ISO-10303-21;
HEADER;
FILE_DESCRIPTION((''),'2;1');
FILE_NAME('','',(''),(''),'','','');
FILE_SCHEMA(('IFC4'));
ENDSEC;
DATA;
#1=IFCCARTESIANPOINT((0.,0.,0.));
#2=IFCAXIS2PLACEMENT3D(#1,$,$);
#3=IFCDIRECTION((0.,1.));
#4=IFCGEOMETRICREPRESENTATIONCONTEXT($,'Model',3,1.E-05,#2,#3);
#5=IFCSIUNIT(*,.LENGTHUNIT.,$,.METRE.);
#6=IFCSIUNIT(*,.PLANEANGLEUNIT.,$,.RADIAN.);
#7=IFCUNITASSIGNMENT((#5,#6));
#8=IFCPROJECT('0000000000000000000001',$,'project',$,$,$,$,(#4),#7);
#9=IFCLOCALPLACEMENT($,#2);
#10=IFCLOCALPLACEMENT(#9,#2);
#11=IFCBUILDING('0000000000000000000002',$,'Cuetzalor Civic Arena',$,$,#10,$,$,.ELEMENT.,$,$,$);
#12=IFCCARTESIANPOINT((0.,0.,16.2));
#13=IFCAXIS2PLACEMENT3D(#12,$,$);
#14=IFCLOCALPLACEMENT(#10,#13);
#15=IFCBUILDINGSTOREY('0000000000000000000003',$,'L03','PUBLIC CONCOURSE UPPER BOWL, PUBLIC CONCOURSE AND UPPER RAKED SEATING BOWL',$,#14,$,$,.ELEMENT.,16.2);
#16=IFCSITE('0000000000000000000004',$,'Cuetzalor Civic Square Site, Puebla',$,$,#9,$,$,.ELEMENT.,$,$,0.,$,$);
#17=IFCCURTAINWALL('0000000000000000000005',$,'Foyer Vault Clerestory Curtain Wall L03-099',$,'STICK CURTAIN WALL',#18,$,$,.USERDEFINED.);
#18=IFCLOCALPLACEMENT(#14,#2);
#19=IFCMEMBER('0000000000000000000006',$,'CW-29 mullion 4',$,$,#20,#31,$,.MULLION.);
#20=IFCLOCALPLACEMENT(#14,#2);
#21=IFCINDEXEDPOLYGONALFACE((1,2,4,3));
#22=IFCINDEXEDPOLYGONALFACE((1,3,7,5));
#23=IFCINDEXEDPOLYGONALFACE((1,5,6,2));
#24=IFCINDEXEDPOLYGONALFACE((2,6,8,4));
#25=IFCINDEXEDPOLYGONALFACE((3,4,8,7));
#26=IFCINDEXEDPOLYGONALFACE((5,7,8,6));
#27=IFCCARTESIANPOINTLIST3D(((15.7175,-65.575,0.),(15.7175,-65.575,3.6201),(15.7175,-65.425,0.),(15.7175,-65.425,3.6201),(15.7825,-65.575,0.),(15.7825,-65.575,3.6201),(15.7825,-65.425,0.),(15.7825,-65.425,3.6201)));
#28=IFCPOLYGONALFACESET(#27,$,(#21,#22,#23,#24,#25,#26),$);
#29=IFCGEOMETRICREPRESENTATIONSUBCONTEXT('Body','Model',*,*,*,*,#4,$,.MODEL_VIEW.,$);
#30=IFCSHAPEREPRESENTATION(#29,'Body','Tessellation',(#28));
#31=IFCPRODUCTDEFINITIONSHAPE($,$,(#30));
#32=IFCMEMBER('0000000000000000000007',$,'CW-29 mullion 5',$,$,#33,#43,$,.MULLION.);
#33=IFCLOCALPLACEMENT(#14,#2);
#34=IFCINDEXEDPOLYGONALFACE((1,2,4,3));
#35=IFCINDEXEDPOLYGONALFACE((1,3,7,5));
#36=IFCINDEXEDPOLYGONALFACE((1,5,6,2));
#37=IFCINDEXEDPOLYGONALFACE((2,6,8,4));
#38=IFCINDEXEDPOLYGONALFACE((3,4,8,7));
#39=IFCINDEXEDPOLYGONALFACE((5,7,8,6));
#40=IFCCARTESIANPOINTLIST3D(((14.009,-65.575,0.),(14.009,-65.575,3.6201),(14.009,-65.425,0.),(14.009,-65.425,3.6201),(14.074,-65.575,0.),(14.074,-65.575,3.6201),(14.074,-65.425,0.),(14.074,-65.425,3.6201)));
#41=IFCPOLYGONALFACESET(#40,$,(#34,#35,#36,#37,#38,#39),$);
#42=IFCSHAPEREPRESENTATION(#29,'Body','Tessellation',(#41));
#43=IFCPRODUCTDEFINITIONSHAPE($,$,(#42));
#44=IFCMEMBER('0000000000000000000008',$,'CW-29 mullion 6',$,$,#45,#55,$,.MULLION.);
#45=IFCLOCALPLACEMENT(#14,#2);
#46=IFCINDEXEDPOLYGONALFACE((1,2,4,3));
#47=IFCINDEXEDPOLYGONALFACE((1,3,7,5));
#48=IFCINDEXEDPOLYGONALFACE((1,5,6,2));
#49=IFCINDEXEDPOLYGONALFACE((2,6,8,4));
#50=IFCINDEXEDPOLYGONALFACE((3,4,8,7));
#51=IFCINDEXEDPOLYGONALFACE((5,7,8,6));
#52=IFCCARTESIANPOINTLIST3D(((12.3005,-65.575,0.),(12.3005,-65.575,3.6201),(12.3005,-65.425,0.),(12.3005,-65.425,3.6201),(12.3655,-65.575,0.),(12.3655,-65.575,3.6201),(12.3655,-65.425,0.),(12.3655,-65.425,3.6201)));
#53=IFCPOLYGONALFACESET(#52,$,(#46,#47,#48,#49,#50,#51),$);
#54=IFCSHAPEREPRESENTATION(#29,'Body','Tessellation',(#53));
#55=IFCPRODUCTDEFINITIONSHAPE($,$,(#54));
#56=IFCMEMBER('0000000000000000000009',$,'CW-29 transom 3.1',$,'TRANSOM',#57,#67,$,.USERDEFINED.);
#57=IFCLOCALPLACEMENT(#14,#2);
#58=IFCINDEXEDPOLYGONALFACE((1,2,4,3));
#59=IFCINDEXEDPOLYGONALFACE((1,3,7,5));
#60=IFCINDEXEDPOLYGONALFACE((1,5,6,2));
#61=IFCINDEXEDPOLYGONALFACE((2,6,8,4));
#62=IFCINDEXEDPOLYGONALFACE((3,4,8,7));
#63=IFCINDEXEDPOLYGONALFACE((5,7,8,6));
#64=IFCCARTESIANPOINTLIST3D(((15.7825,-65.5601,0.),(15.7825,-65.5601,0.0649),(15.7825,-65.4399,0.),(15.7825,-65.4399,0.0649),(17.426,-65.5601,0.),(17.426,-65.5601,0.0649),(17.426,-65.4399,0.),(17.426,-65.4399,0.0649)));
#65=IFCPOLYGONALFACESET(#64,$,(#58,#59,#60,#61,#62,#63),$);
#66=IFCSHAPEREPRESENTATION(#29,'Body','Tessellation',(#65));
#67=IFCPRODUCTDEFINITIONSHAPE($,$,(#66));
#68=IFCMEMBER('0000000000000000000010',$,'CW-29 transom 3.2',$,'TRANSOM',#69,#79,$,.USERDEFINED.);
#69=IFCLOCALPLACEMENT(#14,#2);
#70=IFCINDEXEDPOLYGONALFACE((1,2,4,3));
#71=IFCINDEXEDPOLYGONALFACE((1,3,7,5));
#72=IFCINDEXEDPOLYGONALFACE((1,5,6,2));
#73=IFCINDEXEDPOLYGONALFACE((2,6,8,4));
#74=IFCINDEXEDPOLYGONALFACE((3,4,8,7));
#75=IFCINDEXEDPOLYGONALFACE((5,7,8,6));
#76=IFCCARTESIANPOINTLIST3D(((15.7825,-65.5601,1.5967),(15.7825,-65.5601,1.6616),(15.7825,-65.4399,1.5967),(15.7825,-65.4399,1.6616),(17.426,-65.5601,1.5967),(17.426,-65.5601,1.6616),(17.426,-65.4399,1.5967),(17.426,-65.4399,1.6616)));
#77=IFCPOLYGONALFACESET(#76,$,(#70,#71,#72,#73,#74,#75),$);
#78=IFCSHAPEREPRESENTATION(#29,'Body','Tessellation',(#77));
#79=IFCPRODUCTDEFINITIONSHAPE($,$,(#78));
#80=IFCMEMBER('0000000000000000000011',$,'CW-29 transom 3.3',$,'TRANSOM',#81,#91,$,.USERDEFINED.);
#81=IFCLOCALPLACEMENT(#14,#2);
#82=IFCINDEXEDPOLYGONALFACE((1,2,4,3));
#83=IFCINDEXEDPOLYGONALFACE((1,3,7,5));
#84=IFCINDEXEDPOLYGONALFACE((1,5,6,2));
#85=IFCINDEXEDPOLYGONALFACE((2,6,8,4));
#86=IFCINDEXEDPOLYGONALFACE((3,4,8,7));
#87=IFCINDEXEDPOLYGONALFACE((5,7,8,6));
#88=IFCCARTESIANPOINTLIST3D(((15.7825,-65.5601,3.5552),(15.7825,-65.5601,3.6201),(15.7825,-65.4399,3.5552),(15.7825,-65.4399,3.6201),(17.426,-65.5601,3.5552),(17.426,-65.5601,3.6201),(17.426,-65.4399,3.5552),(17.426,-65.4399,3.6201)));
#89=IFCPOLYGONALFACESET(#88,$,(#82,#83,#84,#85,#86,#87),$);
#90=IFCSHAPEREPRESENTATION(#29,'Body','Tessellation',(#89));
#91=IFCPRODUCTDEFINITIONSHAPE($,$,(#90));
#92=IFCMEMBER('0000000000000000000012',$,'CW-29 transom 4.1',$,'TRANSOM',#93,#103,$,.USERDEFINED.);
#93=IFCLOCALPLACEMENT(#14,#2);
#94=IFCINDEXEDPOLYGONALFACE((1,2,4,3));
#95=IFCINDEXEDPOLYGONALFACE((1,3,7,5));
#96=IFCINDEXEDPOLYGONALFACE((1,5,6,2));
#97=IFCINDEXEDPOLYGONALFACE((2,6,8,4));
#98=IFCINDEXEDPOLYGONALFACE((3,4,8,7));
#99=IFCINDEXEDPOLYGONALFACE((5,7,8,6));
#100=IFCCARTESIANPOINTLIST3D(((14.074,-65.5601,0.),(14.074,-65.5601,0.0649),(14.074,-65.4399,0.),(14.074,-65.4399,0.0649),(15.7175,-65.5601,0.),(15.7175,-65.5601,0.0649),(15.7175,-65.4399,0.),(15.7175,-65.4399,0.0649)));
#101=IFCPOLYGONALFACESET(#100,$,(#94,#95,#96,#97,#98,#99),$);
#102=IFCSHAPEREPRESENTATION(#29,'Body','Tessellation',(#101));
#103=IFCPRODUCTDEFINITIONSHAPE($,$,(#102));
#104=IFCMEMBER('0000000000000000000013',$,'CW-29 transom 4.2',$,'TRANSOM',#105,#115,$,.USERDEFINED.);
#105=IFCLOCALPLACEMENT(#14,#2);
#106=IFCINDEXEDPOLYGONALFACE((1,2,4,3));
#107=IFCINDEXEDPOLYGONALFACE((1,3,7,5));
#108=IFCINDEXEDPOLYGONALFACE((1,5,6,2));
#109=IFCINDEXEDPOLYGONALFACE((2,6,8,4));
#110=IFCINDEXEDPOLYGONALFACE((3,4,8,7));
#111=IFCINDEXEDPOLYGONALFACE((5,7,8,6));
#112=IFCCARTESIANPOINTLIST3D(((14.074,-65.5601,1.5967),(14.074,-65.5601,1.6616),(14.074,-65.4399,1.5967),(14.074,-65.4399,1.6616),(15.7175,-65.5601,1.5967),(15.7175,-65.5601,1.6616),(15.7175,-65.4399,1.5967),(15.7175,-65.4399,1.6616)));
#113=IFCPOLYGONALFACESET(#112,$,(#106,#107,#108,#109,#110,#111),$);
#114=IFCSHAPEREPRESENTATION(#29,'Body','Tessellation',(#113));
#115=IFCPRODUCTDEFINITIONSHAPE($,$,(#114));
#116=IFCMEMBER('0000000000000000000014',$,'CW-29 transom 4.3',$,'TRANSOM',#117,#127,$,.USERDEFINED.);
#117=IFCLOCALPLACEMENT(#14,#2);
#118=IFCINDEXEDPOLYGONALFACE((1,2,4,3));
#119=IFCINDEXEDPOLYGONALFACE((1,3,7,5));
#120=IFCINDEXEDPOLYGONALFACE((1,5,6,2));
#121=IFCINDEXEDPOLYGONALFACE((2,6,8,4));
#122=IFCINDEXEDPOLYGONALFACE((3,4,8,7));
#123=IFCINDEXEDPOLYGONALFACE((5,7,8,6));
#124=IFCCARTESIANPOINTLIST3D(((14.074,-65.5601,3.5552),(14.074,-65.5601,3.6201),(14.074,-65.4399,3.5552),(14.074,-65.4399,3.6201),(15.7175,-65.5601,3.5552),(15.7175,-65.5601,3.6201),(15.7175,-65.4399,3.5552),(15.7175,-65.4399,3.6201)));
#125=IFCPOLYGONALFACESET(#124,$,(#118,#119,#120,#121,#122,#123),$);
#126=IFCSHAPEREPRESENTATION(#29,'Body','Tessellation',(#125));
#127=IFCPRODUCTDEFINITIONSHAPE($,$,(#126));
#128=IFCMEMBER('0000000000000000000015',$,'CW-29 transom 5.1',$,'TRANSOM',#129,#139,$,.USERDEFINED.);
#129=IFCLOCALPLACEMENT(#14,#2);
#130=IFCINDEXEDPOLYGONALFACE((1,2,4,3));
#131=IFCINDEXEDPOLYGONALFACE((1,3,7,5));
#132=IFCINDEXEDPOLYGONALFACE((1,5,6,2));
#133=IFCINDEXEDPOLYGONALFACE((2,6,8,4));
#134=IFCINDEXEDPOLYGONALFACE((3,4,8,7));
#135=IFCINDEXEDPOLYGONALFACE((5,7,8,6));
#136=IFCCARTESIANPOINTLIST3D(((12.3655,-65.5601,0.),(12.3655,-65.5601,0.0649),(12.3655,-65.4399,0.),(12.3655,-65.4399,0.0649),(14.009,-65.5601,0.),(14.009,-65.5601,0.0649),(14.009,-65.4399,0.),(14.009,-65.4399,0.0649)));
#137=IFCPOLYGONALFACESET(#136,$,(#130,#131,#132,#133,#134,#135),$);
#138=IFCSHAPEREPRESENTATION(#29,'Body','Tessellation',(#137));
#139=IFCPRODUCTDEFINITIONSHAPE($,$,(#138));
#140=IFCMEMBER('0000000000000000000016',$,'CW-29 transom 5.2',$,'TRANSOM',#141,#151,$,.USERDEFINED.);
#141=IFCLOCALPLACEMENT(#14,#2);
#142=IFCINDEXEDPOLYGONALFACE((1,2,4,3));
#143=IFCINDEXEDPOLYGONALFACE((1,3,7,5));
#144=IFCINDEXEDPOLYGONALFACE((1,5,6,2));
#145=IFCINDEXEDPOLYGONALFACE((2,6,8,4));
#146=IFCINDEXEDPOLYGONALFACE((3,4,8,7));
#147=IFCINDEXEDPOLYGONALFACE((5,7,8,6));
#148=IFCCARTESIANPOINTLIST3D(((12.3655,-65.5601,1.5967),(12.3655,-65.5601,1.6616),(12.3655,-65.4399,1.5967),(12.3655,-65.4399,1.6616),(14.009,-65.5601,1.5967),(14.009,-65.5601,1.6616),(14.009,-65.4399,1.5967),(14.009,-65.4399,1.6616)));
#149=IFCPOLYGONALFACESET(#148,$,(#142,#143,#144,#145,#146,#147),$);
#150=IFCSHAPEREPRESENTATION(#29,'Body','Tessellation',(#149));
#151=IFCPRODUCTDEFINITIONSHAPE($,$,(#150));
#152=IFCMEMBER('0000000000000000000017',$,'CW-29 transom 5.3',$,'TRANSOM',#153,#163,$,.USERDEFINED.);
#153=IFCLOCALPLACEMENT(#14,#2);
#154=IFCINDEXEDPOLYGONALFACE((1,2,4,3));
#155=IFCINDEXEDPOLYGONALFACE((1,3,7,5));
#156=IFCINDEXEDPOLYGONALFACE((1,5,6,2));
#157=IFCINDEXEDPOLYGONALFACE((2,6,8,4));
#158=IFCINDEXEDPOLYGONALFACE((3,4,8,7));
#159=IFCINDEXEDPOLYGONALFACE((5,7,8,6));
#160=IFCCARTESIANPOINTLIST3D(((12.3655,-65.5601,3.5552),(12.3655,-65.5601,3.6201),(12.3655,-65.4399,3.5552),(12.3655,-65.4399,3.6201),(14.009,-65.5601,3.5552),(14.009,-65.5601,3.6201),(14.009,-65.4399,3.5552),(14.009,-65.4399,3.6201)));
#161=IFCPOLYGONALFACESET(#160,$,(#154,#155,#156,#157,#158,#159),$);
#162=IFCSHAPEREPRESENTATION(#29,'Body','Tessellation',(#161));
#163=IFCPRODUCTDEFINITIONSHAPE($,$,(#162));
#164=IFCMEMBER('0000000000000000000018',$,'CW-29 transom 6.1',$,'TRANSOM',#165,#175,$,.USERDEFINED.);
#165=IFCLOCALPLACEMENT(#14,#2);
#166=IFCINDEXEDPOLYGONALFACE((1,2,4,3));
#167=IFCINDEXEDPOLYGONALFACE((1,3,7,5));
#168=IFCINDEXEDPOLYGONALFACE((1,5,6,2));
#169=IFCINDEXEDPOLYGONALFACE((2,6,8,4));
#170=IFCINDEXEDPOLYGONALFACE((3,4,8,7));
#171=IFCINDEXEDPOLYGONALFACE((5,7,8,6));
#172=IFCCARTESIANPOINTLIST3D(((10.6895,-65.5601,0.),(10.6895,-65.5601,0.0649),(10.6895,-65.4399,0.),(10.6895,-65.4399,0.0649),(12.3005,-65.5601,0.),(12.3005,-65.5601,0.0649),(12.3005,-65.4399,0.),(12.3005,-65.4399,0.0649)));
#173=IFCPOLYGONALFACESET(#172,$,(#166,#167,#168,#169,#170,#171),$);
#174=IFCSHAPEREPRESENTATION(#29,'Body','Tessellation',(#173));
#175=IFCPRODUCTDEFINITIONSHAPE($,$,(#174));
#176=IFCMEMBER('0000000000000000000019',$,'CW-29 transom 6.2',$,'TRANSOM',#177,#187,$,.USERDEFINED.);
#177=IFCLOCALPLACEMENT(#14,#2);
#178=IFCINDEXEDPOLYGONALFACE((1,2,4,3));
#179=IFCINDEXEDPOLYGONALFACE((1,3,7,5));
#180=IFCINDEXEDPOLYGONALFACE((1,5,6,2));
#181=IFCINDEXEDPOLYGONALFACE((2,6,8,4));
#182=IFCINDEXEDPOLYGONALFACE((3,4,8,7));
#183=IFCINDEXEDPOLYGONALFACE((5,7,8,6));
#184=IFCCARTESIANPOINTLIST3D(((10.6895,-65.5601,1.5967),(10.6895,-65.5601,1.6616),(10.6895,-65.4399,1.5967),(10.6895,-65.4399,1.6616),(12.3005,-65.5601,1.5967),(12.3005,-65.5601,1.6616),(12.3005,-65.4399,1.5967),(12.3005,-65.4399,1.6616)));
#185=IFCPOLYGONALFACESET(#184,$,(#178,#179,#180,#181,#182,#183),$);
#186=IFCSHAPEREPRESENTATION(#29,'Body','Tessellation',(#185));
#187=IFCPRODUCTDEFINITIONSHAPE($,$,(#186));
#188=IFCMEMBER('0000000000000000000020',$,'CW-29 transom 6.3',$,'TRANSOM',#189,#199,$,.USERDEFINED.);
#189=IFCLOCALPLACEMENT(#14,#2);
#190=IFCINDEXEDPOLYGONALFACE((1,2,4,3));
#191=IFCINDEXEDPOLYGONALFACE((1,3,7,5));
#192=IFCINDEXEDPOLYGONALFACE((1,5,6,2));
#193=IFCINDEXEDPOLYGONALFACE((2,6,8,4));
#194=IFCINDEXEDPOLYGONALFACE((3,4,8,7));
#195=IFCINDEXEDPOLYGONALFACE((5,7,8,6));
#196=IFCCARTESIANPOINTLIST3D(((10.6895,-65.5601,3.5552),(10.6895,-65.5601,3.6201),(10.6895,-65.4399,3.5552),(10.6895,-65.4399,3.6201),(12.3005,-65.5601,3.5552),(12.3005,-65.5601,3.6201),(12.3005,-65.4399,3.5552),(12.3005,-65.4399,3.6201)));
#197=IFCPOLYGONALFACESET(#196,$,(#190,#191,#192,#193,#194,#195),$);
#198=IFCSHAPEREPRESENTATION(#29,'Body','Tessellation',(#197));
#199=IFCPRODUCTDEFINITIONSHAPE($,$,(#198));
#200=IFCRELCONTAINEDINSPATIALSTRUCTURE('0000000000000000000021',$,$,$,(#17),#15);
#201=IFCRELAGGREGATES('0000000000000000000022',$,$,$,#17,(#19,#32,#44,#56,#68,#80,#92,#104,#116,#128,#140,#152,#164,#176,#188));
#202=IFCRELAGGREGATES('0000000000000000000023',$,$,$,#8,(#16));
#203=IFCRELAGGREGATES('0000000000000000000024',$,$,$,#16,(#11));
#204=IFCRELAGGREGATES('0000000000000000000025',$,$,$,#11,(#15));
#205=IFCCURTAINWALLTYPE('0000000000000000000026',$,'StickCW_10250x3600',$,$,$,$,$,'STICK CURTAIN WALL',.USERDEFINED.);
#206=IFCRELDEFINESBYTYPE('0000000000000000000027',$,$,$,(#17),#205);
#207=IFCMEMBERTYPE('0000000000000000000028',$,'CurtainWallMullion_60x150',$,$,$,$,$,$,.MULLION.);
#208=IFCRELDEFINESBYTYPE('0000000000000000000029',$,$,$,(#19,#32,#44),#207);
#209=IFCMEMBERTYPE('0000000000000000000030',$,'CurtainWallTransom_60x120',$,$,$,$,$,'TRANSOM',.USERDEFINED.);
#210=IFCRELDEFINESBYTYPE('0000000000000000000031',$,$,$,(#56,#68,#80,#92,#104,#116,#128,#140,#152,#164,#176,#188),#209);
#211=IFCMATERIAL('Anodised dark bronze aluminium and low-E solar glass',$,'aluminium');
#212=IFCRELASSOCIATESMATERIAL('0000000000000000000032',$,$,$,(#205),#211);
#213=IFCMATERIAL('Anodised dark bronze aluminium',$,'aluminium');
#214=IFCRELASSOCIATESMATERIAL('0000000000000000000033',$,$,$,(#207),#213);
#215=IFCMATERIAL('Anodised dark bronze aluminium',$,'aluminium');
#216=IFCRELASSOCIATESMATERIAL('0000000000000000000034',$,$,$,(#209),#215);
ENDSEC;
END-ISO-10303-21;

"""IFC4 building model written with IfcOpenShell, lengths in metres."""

from ifc_helpers import new_model, si_unit, direction, frame, origin, origin_2d, place, context, subcontext, project, spatial, rectangle, extrude, material, material_profile, profile_set, type_object, element, aggregate, save


model = new_model("IFC4")

# Units and contexts
model_context = context("Model", 3, precision=1e-05, world=origin(), true_north=direction((0.0, 1.0)))
body_context = subcontext(model_context, "Body", "Model", "MODEL_VIEW")
ifc_project = project(units=[si_unit("LENGTHUNIT", "METRE"), si_unit("PLANEANGLEUNIT", "RADIAN")], contexts=[model_context])

# Site, building, storey
site_placement = place(None, origin())
site = spatial("IfcSite", under=ifc_project, at=site_placement, Name="Cuetzalor Civic Square Site, Puebla", CompositionType="ELEMENT", RefElevation=0.0)
building_placement = place(site_placement, origin())
building = spatial("IfcBuilding", under=site, at=building_placement, Name="Cuetzalor Civic Arena", CompositionType="ELEMENT")
storey_placement = place(building_placement, frame((0.0, 0.0, 16.2)))
storey = spatial("IfcBuildingStorey", under=building, at=storey_placement, Name="L03", Description="PUBLIC CONCOURSE UPPER BOWL, PUBLIC CONCOURSE AND UPPER RAKED SEATING BOWL", CompositionType="ELEMENT", Elevation=16.2)

# Curtain wall, members
ifc_material_1 = material(Name="Anodised dark bronze aluminium and low-E solar glass", Category="aluminium")
curtain_wall_type = type_object("IfcCurtainWallType", Name="StickCW_10250x3600", ElementType="STICK CURTAIN WALL", PredefinedType="USERDEFINED", material=ifc_material_1)
curtain_wall_placement = place(storey_placement, origin())
curtain_wall = element("IfcCurtainWall", 1, at=curtain_wall_placement, inside=storey, type_object=curtain_wall_type, Name="Foyer Vault Clerestory Curtain Wall L03-099", ObjectType="STICK CURTAIN WALL", PredefinedType="USERDEFINED")
ifc_material_2 = material(Name="Anodised dark bronze aluminium", Category="aluminium")
ifc_material_profile_1 = material_profile(ifc_material_2, rectangle(XDim=0.0649, YDim=0.1499, at=origin_2d()), Name="ALU MULLION 65x150")
ifc_profile_set_1 = profile_set([ifc_material_profile_1], Name="Anodised dark bronze aluminium")
member_type_1 = type_object("IfcMemberType", Name="CurtainWallMullion_60x150", PredefinedType="MULLION", material=ifc_profile_set_1)
member_1_placement = place(storey_placement, frame((15.75, -65.5, 0.0), z_axis=(0.0, 0.0, 1.0), x_axis=(-1.0, 0.0, 0.0)))
member_1 = element("IfcMember", 2, at=member_1_placement, type_object=member_type_1, Name="CW-29 mullion 4", PredefinedType="MULLION", context=body_context, shape_type="SweptSolid", body=[
    extrude(rectangle(XDim=0.0649, YDim=0.1499, at=origin_2d()), origin(), (0.0, 0.0, 1.0), 3.6201),
])
member_2_placement = place(storey_placement, frame((14.0415, -65.5, 0.0), z_axis=(0.0, 0.0, 1.0), x_axis=(-1.0, 0.0, 0.0)))
member_2 = element("IfcMember", 3, at=member_2_placement, type_object=member_type_1, Name="CW-29 mullion 5", PredefinedType="MULLION", context=body_context, shape_type="SweptSolid", body=[
    extrude(rectangle(XDim=0.0649, YDim=0.1499, at=origin_2d()), origin(), (0.0, 0.0, 1.0), 3.6201),
])
member_3_placement = place(storey_placement, frame((12.333, -65.5, 0.0), z_axis=(0.0, 0.0, 1.0), x_axis=(-1.0, 0.0, 0.0)))
member_3 = element("IfcMember", 4, at=member_3_placement, type_object=member_type_1, Name="CW-29 mullion 6", PredefinedType="MULLION", context=body_context, shape_type="SweptSolid", body=[
    extrude(rectangle(XDim=0.0649, YDim=0.1499, at=origin_2d()), origin(), (0.0, 0.0, 1.0), 3.6201),
])
ifc_material_3 = material(Name="Anodised dark bronze aluminium", Category="aluminium")
ifc_material_profile_2 = material_profile(ifc_material_3, rectangle(XDim=0.1201, YDim=0.0649, at=origin_2d()), Name="ALU TRANSOM 65x120")
ifc_profile_set_2 = profile_set([ifc_material_profile_2], Name="Anodised dark bronze aluminium")
member_type_2 = type_object("IfcMemberType", Name="CurtainWallTransom_60x120", ElementType="TRANSOM", PredefinedType="USERDEFINED", material=ifc_profile_set_2)
member_4_placement = place(storey_placement, frame((17.426, -65.5, 0.0325), z_axis=(-1.0, 0.0, 0.0), x_axis=(0.0, -1.0, 0.0)))
member_4 = element("IfcMember", 5, at=member_4_placement, type_object=member_type_2, Name="CW-29 transom 3.1", ObjectType="TRANSOM", PredefinedType="USERDEFINED", context=body_context, shape_type="SweptSolid", body=[
    extrude(rectangle(XDim=0.1201, YDim=0.0649, at=origin_2d()), origin(), (0.0, 0.0, 1.0), 1.6436),
])
member_5_placement = place(storey_placement, frame((17.426, -65.5, 1.6292), z_axis=(-1.0, 0.0, 0.0), x_axis=(0.0, -1.0, 0.0)))
member_5 = element("IfcMember", 6, at=member_5_placement, type_object=member_type_2, Name="CW-29 transom 3.2", ObjectType="TRANSOM", PredefinedType="USERDEFINED", context=body_context, shape_type="SweptSolid", body=[
    extrude(rectangle(XDim=0.1201, YDim=0.0649, at=origin_2d()), origin(), (0.0, 0.0, 1.0), 1.6436),
])
member_6_placement = place(storey_placement, frame((17.426, -65.5, 3.5876), z_axis=(-1.0, 0.0, 0.0), x_axis=(0.0, -1.0, 0.0)))
member_6 = element("IfcMember", 7, at=member_6_placement, type_object=member_type_2, Name="CW-29 transom 3.3", ObjectType="TRANSOM", PredefinedType="USERDEFINED", context=body_context, shape_type="SweptSolid", body=[
    extrude(rectangle(XDim=0.1201, YDim=0.0649, at=origin_2d()), origin(), (0.0, 0.0, 1.0), 1.6436),
])
member_7_placement = place(storey_placement, frame((15.7175, -65.5, 0.0325), z_axis=(-1.0, 0.0, 0.0), x_axis=(0.0, -1.0, 0.0)))
member_7 = element("IfcMember", 8, at=member_7_placement, type_object=member_type_2, Name="CW-29 transom 4.1", ObjectType="TRANSOM", PredefinedType="USERDEFINED", context=body_context, shape_type="SweptSolid", body=[
    extrude(rectangle(XDim=0.1201, YDim=0.0649, at=origin_2d()), origin(), (0.0, 0.0, 1.0), 1.6436),
])
member_8_placement = place(storey_placement, frame((15.7175, -65.5, 1.6292), z_axis=(-1.0, 0.0, 0.0), x_axis=(0.0, -1.0, 0.0)))
member_8 = element("IfcMember", 9, at=member_8_placement, type_object=member_type_2, Name="CW-29 transom 4.2", ObjectType="TRANSOM", PredefinedType="USERDEFINED", context=body_context, shape_type="SweptSolid", body=[
    extrude(rectangle(XDim=0.1201, YDim=0.0649, at=origin_2d()), origin(), (0.0, 0.0, 1.0), 1.6436),
])
member_9_placement = place(storey_placement, frame((15.7175, -65.5, 3.5876), z_axis=(-1.0, 0.0, 0.0), x_axis=(0.0, -1.0, 0.0)))
member_9 = element("IfcMember", 10, at=member_9_placement, type_object=member_type_2, Name="CW-29 transom 4.3", ObjectType="TRANSOM", PredefinedType="USERDEFINED", context=body_context, shape_type="SweptSolid", body=[
    extrude(rectangle(XDim=0.1201, YDim=0.0649, at=origin_2d()), origin(), (0.0, 0.0, 1.0), 1.6436),
])
member_10_placement = place(storey_placement, frame((14.009, -65.5, 0.0325), z_axis=(-1.0, 0.0, 0.0), x_axis=(0.0, -1.0, 0.0)))
member_10 = element("IfcMember", 11, at=member_10_placement, type_object=member_type_2, Name="CW-29 transom 5.1", ObjectType="TRANSOM", PredefinedType="USERDEFINED", context=body_context, shape_type="SweptSolid", body=[
    extrude(rectangle(XDim=0.1201, YDim=0.0649, at=origin_2d()), origin(), (0.0, 0.0, 1.0), 1.6436),
])
member_11_placement = place(storey_placement, frame((14.009, -65.5, 1.6292), z_axis=(-1.0, 0.0, 0.0), x_axis=(0.0, -1.0, 0.0)))
member_11 = element("IfcMember", 12, at=member_11_placement, type_object=member_type_2, Name="CW-29 transom 5.2", ObjectType="TRANSOM", PredefinedType="USERDEFINED", context=body_context, shape_type="SweptSolid", body=[
    extrude(rectangle(XDim=0.1201, YDim=0.0649, at=origin_2d()), origin(), (0.0, 0.0, 1.0), 1.6436),
])
member_12_placement = place(storey_placement, frame((14.009, -65.5, 3.5876), z_axis=(-1.0, 0.0, 0.0), x_axis=(0.0, -1.0, 0.0)))
member_12 = element("IfcMember", 13, at=member_12_placement, type_object=member_type_2, Name="CW-29 transom 5.3", ObjectType="TRANSOM", PredefinedType="USERDEFINED", context=body_context, shape_type="SweptSolid", body=[
    extrude(rectangle(XDim=0.1201, YDim=0.0649, at=origin_2d()), origin(), (0.0, 0.0, 1.0), 1.6436),
])
member_13_placement = place(storey_placement, frame((12.3005, -65.5, 0.0325), z_axis=(-1.0, 0.0, 0.0), x_axis=(0.0, -1.0, 0.0)))
member_13 = element("IfcMember", 14, at=member_13_placement, type_object=member_type_2, Name="CW-29 transom 6.1", ObjectType="TRANSOM", PredefinedType="USERDEFINED", context=body_context, shape_type="SweptSolid", body=[
    extrude(rectangle(XDim=0.1201, YDim=0.0649, at=origin_2d()), origin(), (0.0, 0.0, 1.0), 1.6111),
])
member_14_placement = place(storey_placement, frame((12.3005, -65.5, 1.6292), z_axis=(-1.0, 0.0, 0.0), x_axis=(0.0, -1.0, 0.0)))
member_14 = element("IfcMember", 15, at=member_14_placement, type_object=member_type_2, Name="CW-29 transom 6.2", ObjectType="TRANSOM", PredefinedType="USERDEFINED", context=body_context, shape_type="SweptSolid", body=[
    extrude(rectangle(XDim=0.1201, YDim=0.0649, at=origin_2d()), origin(), (0.0, 0.0, 1.0), 1.6111),
])
member_15_placement = place(storey_placement, frame((12.3005, -65.5, 3.5876), z_axis=(-1.0, 0.0, 0.0), x_axis=(0.0, -1.0, 0.0)))
member_15 = element("IfcMember", 16, at=member_15_placement, type_object=member_type_2, Name="CW-29 transom 6.3", ObjectType="TRANSOM", PredefinedType="USERDEFINED", context=body_context, shape_type="SweptSolid", body=[
    extrude(rectangle(XDim=0.1201, YDim=0.0649, at=origin_2d()), origin(), (0.0, 0.0, 1.0), 1.6111),
])
aggregate(curtain_wall, [member_1, member_2, member_3, member_4, member_5, member_6, member_7, member_8, member_9, member_10, member_11, member_12, member_13, member_14, member_15])

save(model, "model.ifc")
